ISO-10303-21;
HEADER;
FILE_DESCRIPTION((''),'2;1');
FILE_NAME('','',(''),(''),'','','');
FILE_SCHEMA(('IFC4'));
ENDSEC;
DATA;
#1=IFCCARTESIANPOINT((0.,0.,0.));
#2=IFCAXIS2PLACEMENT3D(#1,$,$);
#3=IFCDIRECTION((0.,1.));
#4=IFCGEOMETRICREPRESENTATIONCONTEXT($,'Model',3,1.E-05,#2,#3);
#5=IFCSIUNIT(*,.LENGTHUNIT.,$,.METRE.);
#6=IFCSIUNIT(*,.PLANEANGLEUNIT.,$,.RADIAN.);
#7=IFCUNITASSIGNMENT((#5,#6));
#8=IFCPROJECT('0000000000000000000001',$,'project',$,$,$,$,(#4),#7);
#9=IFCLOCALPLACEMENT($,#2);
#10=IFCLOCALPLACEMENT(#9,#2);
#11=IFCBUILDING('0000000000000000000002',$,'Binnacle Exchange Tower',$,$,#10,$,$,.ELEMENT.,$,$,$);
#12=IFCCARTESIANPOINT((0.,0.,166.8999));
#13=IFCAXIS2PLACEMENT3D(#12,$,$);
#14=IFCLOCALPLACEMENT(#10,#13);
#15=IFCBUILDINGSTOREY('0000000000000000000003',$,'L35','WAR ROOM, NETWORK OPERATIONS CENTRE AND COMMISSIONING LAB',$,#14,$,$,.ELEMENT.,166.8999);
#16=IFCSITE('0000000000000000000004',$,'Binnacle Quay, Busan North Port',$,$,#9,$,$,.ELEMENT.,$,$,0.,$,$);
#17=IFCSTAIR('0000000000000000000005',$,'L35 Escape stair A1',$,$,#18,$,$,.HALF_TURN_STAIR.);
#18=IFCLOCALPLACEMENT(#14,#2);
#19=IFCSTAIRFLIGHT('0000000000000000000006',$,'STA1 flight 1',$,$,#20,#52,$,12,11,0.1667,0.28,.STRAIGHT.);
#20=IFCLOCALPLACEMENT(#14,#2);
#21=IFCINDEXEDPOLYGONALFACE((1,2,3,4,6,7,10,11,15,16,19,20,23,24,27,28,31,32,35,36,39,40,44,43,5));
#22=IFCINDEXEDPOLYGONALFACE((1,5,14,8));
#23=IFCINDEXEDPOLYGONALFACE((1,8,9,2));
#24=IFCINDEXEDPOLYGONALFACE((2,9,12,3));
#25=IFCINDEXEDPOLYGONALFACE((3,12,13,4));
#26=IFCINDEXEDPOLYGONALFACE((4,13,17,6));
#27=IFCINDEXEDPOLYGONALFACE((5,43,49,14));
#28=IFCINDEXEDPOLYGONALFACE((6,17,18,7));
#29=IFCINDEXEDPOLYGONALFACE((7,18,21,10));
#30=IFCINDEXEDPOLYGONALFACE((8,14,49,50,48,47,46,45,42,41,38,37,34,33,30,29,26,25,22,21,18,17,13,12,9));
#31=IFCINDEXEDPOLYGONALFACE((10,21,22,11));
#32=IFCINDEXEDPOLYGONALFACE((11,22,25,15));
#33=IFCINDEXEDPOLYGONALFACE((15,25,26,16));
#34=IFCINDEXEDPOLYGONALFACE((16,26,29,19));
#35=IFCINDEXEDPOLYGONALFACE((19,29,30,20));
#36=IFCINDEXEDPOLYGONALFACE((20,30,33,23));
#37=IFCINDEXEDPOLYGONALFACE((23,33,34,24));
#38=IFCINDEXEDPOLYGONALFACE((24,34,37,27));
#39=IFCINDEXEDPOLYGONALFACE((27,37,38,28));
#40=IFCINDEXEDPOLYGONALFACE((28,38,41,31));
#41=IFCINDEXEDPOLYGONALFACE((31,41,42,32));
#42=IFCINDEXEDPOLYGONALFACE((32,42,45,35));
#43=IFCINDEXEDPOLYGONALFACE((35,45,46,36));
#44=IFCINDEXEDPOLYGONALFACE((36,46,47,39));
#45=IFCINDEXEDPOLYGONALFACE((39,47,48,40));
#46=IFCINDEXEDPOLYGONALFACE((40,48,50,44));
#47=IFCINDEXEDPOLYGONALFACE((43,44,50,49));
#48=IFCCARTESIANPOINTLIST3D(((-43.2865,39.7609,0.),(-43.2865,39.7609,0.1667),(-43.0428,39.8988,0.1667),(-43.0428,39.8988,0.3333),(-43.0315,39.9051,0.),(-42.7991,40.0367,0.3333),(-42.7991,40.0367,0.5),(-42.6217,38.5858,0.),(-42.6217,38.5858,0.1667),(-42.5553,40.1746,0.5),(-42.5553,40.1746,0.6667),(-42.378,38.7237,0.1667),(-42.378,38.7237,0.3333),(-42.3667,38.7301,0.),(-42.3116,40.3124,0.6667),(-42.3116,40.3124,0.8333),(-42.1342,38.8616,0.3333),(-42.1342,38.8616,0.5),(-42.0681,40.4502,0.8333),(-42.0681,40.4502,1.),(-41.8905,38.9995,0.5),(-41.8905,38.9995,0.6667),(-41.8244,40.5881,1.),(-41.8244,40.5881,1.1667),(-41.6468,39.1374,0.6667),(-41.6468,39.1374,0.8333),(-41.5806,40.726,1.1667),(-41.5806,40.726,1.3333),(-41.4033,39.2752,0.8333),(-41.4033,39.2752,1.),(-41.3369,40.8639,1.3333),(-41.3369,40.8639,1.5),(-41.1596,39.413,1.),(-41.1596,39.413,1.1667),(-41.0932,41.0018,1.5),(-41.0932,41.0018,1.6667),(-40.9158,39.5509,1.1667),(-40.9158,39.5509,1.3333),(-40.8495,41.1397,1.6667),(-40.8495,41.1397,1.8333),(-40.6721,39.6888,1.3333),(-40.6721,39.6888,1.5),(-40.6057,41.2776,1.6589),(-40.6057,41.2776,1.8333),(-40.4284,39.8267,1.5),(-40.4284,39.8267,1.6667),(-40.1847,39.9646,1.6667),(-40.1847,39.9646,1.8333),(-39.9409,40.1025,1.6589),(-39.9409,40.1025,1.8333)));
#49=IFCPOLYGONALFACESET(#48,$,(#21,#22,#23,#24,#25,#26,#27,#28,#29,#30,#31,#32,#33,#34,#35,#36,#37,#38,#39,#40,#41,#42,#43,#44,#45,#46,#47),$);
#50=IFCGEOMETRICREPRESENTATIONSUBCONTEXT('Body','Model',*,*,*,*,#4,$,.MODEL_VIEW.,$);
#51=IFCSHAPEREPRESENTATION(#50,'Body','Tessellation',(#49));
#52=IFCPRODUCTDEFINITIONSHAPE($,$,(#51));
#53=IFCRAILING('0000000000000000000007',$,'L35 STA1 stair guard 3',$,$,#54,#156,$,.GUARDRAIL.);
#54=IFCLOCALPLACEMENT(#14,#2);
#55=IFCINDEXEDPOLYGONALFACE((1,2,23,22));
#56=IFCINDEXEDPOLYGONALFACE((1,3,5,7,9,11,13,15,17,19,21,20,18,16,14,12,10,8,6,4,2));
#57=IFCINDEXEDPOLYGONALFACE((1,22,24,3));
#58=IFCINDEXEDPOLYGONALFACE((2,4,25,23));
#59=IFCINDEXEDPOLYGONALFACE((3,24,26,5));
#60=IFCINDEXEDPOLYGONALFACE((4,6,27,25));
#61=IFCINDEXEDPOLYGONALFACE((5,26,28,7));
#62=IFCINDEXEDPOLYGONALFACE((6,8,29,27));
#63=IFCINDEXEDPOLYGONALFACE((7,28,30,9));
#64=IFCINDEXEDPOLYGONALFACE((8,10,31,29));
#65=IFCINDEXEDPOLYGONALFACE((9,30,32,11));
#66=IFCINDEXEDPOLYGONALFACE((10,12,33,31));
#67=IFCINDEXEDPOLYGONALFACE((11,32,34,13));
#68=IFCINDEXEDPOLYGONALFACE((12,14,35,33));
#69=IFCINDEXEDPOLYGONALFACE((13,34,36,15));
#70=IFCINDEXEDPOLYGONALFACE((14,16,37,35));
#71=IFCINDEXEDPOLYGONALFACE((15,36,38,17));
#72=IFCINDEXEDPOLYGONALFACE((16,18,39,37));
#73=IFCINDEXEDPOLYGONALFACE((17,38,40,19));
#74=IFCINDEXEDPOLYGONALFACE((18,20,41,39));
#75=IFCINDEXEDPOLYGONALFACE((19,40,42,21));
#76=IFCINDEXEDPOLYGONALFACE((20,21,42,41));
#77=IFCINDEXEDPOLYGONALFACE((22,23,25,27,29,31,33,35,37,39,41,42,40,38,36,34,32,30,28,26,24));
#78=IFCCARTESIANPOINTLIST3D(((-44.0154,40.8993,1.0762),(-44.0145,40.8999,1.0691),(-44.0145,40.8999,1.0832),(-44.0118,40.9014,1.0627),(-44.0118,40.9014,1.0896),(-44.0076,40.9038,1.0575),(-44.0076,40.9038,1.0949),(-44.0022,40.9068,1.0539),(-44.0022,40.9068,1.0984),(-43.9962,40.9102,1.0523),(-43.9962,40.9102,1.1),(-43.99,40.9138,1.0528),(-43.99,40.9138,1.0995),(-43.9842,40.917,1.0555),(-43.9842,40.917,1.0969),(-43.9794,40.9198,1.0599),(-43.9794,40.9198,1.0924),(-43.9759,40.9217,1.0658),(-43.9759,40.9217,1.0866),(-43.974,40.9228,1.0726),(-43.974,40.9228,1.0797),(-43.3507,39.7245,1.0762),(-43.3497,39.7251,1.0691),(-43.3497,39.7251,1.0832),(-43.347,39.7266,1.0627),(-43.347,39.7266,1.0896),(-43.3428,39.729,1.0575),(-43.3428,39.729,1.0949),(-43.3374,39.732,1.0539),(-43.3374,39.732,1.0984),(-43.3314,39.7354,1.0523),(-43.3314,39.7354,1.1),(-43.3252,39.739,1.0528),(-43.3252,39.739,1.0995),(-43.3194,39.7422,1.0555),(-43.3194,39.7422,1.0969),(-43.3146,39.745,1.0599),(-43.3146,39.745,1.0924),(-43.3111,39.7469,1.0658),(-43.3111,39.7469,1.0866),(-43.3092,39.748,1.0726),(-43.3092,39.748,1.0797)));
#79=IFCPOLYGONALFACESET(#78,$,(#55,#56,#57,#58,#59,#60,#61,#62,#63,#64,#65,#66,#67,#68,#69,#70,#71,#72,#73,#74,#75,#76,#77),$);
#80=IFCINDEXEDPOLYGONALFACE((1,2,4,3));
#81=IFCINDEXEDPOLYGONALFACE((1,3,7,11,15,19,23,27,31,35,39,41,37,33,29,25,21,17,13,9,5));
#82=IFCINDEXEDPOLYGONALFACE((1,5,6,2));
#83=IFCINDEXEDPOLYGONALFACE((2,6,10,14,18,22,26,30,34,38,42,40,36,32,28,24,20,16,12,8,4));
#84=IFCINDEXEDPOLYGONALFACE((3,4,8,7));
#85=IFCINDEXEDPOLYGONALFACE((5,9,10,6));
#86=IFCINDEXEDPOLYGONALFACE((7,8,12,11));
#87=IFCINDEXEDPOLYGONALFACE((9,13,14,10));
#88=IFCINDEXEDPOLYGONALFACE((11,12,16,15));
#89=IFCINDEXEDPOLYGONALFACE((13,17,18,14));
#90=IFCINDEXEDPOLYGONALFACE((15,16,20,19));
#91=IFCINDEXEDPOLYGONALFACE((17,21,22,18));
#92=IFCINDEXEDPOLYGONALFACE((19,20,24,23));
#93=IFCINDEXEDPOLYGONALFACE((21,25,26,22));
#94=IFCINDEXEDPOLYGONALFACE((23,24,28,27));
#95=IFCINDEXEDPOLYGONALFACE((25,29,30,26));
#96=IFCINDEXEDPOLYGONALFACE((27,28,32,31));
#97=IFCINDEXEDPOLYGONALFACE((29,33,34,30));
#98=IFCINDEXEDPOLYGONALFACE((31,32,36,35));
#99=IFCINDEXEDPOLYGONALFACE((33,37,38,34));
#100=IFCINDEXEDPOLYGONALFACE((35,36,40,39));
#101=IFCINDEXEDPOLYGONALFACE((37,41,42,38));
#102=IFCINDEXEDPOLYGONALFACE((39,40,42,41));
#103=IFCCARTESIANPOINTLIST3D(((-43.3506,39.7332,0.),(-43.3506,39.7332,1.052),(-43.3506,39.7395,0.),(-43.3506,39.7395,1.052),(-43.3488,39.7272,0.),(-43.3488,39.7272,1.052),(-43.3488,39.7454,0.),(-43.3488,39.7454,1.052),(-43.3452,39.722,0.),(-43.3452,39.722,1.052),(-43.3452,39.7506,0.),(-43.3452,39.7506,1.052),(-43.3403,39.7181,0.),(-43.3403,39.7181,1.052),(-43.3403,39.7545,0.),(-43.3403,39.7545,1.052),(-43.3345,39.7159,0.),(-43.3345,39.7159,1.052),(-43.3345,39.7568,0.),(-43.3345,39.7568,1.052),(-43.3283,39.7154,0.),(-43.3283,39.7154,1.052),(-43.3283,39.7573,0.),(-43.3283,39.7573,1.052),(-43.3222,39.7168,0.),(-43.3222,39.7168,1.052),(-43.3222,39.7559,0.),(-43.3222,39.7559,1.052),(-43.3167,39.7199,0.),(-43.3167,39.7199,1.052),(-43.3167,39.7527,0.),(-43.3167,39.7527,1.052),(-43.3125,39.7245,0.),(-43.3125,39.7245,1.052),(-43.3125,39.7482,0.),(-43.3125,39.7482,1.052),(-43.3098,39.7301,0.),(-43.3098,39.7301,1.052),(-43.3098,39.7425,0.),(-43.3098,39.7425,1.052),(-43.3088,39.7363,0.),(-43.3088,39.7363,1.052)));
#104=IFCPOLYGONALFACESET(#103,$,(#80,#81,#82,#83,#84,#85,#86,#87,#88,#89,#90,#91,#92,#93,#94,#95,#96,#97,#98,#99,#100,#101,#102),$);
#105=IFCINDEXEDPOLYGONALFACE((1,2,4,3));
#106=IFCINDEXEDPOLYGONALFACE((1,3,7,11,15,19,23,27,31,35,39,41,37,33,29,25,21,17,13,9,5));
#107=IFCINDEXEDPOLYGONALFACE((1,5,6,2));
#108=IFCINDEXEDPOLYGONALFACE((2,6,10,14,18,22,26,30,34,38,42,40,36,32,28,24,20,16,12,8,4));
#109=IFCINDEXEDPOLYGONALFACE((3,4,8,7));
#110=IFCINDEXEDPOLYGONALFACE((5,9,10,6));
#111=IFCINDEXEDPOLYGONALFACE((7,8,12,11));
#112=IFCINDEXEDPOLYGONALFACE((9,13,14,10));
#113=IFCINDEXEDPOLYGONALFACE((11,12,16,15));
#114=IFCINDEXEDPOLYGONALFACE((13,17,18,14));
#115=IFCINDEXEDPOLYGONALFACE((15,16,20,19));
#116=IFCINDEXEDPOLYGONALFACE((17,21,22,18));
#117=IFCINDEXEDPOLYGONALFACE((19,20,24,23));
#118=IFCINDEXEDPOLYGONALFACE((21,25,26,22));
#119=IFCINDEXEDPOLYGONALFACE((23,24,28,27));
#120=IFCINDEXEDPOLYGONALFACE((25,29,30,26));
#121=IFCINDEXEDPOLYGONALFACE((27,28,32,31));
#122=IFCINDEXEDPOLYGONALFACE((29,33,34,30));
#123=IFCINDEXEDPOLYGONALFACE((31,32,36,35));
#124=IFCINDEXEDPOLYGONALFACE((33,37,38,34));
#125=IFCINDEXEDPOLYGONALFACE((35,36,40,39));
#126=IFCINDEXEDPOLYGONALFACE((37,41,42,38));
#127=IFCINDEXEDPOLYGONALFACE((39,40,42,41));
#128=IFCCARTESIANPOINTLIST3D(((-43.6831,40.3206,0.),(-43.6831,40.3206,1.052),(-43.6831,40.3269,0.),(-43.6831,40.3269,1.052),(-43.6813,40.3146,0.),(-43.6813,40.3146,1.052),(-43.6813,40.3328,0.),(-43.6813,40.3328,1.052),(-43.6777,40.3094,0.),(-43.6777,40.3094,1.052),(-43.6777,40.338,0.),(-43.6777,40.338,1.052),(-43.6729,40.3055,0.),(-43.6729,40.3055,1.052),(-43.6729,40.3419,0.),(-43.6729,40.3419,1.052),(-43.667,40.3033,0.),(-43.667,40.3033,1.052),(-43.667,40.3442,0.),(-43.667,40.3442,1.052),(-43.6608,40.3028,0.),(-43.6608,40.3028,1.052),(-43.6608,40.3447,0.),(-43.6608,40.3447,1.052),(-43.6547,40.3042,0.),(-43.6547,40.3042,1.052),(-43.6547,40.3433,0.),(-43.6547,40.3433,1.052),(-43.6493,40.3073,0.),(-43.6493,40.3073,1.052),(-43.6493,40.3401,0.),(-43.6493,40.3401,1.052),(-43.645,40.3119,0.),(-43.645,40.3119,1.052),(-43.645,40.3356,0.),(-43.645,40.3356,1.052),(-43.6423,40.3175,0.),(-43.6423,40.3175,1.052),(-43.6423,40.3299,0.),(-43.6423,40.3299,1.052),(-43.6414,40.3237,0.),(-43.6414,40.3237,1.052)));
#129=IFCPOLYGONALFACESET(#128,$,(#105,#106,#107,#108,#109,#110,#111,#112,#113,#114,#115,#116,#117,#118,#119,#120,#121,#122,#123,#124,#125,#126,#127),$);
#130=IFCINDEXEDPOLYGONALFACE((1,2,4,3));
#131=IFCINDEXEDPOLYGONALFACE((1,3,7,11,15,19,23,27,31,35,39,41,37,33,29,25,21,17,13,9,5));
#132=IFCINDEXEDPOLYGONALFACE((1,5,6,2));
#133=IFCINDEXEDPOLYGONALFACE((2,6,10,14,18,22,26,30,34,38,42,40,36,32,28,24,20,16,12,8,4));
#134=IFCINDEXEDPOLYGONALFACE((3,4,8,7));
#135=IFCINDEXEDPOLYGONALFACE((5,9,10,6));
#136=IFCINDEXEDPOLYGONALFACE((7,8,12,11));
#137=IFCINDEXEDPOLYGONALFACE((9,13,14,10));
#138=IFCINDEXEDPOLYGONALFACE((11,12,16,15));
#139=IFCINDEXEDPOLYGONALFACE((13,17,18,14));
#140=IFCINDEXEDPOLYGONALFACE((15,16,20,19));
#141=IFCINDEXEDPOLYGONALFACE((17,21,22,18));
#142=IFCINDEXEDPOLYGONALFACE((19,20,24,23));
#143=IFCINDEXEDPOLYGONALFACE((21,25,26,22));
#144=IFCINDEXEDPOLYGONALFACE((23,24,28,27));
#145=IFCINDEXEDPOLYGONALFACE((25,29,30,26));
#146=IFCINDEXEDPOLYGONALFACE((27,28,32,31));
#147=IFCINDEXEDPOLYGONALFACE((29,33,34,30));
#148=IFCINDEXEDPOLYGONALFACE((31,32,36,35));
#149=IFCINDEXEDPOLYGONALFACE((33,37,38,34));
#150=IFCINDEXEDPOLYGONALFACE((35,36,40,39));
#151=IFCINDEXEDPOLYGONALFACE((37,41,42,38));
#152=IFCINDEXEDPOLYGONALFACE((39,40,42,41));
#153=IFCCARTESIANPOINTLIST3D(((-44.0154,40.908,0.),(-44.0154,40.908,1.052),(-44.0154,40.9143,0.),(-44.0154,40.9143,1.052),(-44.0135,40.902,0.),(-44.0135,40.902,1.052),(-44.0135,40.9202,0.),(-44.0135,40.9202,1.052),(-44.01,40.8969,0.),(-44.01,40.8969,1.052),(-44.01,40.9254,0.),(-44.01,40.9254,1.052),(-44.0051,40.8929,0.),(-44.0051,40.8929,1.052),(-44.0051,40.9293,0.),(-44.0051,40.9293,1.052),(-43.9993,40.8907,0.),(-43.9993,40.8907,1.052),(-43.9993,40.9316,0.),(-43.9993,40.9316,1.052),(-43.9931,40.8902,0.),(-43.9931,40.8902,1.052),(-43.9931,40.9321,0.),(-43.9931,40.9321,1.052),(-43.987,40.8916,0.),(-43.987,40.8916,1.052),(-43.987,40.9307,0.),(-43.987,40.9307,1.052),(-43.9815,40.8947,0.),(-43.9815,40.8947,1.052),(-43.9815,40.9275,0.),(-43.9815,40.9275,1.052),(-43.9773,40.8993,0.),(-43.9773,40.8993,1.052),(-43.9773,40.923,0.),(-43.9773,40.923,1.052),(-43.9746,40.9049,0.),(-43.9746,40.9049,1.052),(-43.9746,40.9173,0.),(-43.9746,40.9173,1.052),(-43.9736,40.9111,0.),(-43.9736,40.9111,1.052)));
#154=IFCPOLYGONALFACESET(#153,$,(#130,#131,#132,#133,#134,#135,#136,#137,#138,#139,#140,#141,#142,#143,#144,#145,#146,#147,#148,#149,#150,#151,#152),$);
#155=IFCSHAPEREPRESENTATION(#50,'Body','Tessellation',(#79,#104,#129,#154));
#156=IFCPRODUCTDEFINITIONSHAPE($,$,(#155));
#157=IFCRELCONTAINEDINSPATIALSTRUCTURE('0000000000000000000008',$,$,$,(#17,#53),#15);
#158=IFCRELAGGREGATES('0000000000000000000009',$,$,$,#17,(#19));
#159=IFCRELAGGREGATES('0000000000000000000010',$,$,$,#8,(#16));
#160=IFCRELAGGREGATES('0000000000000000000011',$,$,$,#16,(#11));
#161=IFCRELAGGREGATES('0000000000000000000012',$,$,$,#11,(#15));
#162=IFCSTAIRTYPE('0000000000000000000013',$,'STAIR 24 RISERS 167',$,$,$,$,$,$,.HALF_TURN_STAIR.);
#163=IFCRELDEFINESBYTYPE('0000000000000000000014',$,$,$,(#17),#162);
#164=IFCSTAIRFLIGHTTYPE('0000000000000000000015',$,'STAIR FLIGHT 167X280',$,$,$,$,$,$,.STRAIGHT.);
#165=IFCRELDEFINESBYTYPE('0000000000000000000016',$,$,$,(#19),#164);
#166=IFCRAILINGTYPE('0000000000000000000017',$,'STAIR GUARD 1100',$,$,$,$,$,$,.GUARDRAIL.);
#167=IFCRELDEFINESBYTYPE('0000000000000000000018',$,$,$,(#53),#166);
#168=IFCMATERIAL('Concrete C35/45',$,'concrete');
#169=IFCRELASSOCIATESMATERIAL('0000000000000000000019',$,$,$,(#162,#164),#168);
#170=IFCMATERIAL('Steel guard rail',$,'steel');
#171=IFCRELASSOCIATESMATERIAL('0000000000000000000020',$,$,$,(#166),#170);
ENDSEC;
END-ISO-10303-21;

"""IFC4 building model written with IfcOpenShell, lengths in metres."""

from ifc_helpers import new_model, si_unit, direction, frame, origin, origin_2d, place, context, subcontext, project, spatial, polyline, circle, outline, extrude, material, type_object, element, aggregate, save


model = new_model("IFC4")

# Units and contexts
model_context = context("Model", 3, precision=1e-05, world=origin(), true_north=direction((0.0, 1.0)))
body_context = subcontext(model_context, "Body", "Model", "MODEL_VIEW")
ifc_project = project(units=[si_unit("LENGTHUNIT", "METRE"), si_unit("PLANEANGLEUNIT", "RADIAN")], contexts=[model_context])

# Site, building, storey
site_placement = place(None, origin())
site = spatial("IfcSite", under=ifc_project, at=site_placement, Name="Binnacle Quay, Busan North Port", CompositionType="ELEMENT", RefElevation=0.0)
building_placement = place(site_placement, origin())
building = spatial("IfcBuilding", under=site, at=building_placement, Name="Binnacle Exchange Tower", CompositionType="ELEMENT")
storey_placement = place(building_placement, frame((0.0, 0.0, 166.8999)))
storey = spatial("IfcBuildingStorey", under=building, at=storey_placement, Name="L35", Description="WAR ROOM, NETWORK OPERATIONS CENTRE AND COMMISSIONING LAB", CompositionType="ELEMENT", Elevation=166.8999)

# Stair, stair flight
ifc_material_1 = material(Name="Concrete C35/45", Category="concrete")
stair_type = type_object("IfcStairType", Name="STAIR 24 RISERS 167", PredefinedType="HALF_TURN_STAIR", material=ifc_material_1)
stair_placement = place(storey_placement, origin())
stair = element("IfcStair", 1, at=stair_placement, inside=storey, type_object=stair_type, Name="L35 Escape stair A1", PredefinedType="HALF_TURN_STAIR")
stair_flight_type = type_object("IfcStairFlightType", Name="STAIR FLIGHT 167X280", PredefinedType="STRAIGHT", material=ifc_material_1)
stair_flight_placement = place(storey_placement, frame((-42.9541, 39.1733, 0.0), z_axis=(0.0, 0.0, 1.0), x_axis=(0.870356, 0.492424, 0.0)))
stair_flight = element("IfcStairFlight", 2, at=stair_flight_placement, type_object=stair_flight_type, Name="STA1 flight 1", NumberOfRisers=12, NumberOfTreads=11, PredefinedType="STRAIGHT", RiserHeight=0.1667, TreadLength=0.28, context=body_context, shape_type="SweptSolid", body=[
    extrude(outline(polyline([(0.0, 0.0), (0.0, 0.1667), (0.28, 0.1667), (0.28, 0.3333), (0.5601, 0.3333), (0.5601, 0.5), (0.8401, 0.5), (0.8401, 0.6667), (1.1201, 0.6667), (1.1201, 0.8333), (1.3999, 0.8333), (1.3999, 1.0), (1.6799, 1.0), (1.6799, 1.1667), (1.96, 1.1667), (1.96, 1.3333), (2.24, 1.3333), (2.24, 1.5), (2.52, 1.5), (2.52, 1.6667), (2.8, 1.6667), (2.8, 1.8333), (3.0801, 1.8333), (3.0801, 2.0), (3.0801, 1.6589), (0.293, 0.0), (0.0, 0.0)])), frame((0.0, 0.675, 0.0), z_axis=(0.0, -1.0, 0.0), x_axis=(1.0, 0.0, 0.0)), (0.0, 0.0, 1.0), 1.3501),
])
aggregate(stair, [stair_flight])

# Railing
ifc_material_2 = material(Name="Steel guard rail", Category="steel")
railing_type_1 = type_object("IfcRailingType", Name="STAIR GUARD 1100", PredefinedType="GUARDRAIL", material=ifc_material_2)
railing_1_placement = place(storey_placement, frame((-43.3298, 39.7363, 0.0)))
element("IfcRailing", 3, at=railing_1_placement, inside=storey, type_object=railing_type_1, Name="L35 STA1 stair guard 3", PredefinedType="GUARDRAIL", context=body_context, shape_type="SweptSolid", body=[
    extrude(circle(Radius=0.0239, at=origin_2d()), frame((0.0, 0.0, 1.0762), z_axis=(-0.492492, 0.870317, 0.0), x_axis=(-0.870317, -0.492492, 0.0)), (0.0, 0.0, 1.0), 1.3499),
    extrude(circle(Radius=0.021, at=origin_2d()), origin(), (0.0, 0.0, 1.0), 1.052),
    extrude(circle(Radius=0.021, at=origin_2d()), frame((-0.3325, 0.5874, 0.0)), (0.0, 0.0, 1.0), 1.052),
    extrude(circle(Radius=0.021, at=origin_2d()), frame((-0.6648, 1.1748, 0.0)), (0.0, 0.0, 1.0), 1.052),
])

save(model, "model.ifc")
